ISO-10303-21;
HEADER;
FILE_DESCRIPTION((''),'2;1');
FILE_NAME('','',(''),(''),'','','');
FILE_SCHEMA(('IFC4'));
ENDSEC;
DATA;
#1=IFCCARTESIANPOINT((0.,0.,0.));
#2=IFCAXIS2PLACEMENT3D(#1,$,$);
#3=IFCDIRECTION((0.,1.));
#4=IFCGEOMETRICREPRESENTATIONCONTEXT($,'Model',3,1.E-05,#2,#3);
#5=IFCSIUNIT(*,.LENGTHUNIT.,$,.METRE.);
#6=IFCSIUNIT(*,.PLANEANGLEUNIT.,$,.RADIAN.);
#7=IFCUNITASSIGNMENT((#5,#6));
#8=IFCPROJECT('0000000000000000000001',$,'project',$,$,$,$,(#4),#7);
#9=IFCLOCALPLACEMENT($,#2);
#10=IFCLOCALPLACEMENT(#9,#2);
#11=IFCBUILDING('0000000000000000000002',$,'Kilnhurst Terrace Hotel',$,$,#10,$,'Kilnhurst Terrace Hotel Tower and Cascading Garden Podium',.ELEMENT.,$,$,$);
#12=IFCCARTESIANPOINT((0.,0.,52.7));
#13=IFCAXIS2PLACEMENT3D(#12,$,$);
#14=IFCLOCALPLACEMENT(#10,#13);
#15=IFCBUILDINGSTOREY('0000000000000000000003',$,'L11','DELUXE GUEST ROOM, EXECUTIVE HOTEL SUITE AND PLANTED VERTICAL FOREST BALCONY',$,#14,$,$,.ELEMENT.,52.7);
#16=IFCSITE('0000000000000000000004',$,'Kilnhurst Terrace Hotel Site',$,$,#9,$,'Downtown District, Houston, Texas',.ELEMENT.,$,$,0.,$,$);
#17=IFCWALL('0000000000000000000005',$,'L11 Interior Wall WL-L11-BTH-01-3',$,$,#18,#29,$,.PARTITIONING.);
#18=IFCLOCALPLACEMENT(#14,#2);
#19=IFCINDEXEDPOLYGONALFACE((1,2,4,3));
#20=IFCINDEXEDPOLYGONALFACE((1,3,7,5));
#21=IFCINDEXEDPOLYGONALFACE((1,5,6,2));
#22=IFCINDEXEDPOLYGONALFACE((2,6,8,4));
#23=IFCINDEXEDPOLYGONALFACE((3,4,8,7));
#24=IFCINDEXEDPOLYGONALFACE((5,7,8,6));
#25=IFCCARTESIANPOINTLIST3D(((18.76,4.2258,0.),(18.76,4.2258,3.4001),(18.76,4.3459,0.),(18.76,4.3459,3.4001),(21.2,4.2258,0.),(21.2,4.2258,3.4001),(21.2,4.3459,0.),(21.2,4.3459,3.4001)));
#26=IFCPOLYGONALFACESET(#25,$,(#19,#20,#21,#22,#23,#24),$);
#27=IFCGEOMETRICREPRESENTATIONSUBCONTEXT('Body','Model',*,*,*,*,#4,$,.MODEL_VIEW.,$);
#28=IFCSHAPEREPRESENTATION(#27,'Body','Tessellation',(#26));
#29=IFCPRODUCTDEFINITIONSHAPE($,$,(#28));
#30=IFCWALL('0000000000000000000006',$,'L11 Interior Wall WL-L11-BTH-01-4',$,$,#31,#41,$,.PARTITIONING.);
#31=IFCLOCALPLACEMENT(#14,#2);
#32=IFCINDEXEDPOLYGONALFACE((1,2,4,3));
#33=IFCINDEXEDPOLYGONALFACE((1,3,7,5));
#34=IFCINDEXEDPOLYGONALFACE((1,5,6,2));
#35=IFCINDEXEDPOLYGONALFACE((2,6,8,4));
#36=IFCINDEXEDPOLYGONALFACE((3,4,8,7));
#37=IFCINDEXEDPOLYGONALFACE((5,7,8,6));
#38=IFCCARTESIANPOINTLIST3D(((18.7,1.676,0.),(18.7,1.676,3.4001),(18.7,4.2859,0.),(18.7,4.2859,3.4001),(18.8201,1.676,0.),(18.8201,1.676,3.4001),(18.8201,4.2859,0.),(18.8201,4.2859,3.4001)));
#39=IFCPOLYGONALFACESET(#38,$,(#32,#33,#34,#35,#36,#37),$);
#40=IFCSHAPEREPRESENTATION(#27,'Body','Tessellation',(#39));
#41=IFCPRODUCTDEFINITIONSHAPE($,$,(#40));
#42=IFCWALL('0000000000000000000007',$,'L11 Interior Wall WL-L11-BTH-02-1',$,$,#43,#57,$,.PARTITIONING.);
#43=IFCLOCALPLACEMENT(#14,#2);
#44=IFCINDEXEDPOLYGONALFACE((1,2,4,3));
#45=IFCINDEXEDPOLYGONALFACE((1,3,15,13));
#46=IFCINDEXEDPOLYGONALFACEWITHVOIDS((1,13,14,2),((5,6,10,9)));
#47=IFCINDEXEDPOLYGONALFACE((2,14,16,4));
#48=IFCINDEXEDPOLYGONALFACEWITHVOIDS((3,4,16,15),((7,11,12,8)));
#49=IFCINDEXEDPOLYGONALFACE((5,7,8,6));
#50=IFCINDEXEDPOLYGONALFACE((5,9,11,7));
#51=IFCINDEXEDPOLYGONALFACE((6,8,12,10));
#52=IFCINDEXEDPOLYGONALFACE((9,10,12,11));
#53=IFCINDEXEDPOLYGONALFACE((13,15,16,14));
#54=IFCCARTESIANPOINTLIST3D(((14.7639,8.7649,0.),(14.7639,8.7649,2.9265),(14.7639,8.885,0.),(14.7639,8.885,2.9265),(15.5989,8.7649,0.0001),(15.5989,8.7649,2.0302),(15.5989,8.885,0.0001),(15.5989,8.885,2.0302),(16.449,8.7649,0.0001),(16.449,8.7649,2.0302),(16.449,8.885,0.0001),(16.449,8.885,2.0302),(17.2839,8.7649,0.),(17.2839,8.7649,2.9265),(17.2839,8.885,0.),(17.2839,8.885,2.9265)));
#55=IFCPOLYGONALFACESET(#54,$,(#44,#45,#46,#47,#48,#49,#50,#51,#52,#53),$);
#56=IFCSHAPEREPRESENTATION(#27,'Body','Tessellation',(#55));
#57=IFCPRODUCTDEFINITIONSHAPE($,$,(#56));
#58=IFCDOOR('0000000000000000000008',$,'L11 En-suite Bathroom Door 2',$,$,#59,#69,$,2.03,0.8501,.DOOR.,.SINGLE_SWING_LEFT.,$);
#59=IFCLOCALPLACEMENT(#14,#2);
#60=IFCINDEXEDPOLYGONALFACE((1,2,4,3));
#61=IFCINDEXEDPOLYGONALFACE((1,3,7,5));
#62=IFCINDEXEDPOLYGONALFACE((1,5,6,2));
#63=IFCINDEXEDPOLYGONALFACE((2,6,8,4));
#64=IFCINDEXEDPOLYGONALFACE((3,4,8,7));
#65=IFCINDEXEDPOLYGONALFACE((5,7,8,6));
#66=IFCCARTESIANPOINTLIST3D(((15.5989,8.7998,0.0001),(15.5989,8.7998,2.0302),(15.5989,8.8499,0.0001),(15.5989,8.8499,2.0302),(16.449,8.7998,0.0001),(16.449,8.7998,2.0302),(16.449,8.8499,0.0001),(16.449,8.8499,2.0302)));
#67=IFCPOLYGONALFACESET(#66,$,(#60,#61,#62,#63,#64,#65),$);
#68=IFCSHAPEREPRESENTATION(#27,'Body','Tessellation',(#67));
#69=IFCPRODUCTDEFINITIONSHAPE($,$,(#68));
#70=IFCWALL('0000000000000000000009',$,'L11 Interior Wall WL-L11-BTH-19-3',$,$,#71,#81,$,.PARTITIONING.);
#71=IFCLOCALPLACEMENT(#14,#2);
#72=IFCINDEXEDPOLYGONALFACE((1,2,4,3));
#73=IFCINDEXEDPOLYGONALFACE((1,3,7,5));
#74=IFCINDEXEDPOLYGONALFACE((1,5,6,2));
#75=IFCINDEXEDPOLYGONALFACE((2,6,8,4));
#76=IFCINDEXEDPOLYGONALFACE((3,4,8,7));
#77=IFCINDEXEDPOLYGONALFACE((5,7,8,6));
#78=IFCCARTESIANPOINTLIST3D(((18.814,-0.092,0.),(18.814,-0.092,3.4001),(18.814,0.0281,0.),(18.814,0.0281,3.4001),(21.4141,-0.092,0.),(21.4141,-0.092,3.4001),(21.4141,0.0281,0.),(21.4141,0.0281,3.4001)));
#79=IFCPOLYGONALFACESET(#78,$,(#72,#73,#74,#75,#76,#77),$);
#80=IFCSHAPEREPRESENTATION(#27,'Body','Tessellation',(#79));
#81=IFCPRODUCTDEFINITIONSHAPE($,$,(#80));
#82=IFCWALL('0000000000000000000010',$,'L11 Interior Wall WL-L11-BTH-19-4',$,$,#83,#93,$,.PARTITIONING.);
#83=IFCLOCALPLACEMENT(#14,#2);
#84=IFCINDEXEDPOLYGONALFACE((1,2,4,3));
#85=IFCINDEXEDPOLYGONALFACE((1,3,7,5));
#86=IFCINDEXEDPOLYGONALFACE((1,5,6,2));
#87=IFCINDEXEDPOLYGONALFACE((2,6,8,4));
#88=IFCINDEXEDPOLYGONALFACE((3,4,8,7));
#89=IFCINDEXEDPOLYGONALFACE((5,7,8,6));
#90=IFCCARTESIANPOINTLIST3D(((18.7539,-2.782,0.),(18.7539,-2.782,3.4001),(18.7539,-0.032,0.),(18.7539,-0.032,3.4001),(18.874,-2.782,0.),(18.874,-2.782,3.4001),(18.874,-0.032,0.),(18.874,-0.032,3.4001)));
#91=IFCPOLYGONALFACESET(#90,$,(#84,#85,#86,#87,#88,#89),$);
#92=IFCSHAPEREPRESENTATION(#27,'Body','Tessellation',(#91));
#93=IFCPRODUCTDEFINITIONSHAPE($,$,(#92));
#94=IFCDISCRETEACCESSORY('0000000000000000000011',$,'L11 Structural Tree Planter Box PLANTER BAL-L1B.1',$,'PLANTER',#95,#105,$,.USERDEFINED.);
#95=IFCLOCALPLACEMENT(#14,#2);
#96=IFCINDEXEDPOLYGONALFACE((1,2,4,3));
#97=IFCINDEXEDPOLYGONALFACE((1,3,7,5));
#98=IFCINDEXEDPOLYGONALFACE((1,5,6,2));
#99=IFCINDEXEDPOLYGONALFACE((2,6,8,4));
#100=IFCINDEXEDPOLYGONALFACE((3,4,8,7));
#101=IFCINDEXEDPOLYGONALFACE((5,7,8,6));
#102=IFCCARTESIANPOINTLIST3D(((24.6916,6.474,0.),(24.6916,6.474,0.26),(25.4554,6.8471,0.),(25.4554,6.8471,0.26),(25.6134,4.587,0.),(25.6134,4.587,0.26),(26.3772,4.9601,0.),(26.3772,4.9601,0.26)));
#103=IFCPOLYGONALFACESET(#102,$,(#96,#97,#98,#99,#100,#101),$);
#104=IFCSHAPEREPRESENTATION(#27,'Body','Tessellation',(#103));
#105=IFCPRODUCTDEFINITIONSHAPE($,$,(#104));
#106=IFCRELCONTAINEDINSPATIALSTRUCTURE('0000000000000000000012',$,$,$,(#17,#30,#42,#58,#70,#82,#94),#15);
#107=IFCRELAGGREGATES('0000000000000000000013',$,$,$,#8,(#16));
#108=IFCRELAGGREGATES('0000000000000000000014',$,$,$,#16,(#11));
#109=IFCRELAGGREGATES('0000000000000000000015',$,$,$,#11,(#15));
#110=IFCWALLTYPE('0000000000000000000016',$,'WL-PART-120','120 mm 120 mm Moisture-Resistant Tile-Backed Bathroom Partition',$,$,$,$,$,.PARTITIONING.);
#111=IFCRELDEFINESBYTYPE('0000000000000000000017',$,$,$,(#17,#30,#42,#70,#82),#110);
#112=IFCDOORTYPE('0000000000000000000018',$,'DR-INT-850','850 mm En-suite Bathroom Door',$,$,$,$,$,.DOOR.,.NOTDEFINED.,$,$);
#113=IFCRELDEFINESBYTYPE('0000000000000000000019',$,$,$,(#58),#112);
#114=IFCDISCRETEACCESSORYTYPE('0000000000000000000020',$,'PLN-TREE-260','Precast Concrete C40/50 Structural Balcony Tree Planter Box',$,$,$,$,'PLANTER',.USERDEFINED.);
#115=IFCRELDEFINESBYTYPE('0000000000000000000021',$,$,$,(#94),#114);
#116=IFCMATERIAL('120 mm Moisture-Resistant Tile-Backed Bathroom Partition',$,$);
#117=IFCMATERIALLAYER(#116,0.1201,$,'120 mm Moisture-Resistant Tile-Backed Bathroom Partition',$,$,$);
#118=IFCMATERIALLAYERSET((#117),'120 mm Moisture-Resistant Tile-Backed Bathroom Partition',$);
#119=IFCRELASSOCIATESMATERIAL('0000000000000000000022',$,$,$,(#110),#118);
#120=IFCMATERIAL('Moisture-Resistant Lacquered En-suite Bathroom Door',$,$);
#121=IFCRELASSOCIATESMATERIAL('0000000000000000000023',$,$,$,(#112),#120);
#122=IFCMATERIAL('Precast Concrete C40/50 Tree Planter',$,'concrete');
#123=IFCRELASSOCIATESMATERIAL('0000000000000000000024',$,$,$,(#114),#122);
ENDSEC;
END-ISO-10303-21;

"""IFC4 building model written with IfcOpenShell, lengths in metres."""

from ifc_helpers import new_model, si_unit, direction, frame, frame_2d, origin, origin_2d, place, context, subcontext, project, spatial, rectangle, extrude, material, layer, layer_set, type_object, element, fill, save


model = new_model("IFC4")

# Units and contexts
model_context = context("Model", 3, precision=1e-05, world=origin(), true_north=direction((0.0, 1.0)))
body_context = subcontext(model_context, "Body", "Model", "MODEL_VIEW")
ifc_project = project(units=[si_unit("LENGTHUNIT", "METRE"), si_unit("PLANEANGLEUNIT", "RADIAN")], contexts=[model_context])

# Site, building, storey
site_placement = place(None, origin())
site = spatial("IfcSite", under=ifc_project, at=site_placement, Name="Kilnhurst Terrace Hotel Site", LongName="Downtown District, Houston, Texas", CompositionType="ELEMENT", RefElevation=0.0)
building_placement = place(site_placement, origin())
building = spatial("IfcBuilding", under=site, at=building_placement, Name="Kilnhurst Terrace Hotel", LongName="Kilnhurst Terrace Hotel Tower and Cascading Garden Podium", CompositionType="ELEMENT")
storey_placement = place(building_placement, frame((0.0, 0.0, 52.7)))
storey = spatial("IfcBuildingStorey", under=building, at=storey_placement, Name="L11", Description="DELUXE GUEST ROOM, EXECUTIVE HOTEL SUITE AND PLANTED VERTICAL FOREST BALCONY", CompositionType="ELEMENT", Elevation=52.7)

# Shared definitions
ifc_material_1 = material(Name="120 mm Moisture-Resistant Tile-Backed Bathroom Partition")
ifc_layer_1 = layer(ifc_material_1, 0.1201, Name="120 mm Moisture-Resistant Tile-Backed Bathroom Partition")
ifc_layer_set_1 = layer_set([ifc_layer_1], Name="120 mm Moisture-Resistant Tile-Backed Bathroom Partition")
wall_type_1 = type_object("IfcWallType", Name="WL-PART-120", Description="120 mm 120 mm Moisture-Resistant Tile-Backed Bathroom Partition", PredefinedType="PARTITIONING", material=ifc_layer_set_1)
ifc_material_2 = material(Name="Moisture-Resistant Lacquered En-suite Bathroom Door")
door_type_1 = type_object("IfcDoorType", Name="DR-INT-850", Description="850 mm En-suite Bathroom Door", OperationType="NOTDEFINED", PredefinedType="DOOR", material=ifc_material_2)

# Walls
wall_1_placement = place(storey_placement, frame((21.2, 4.2859, 0.0), z_axis=(0.0, 0.0, 1.0), x_axis=(-1.0, 0.0, 0.0)))
element("IfcWall", 1, at=wall_1_placement, inside=storey, type_object=wall_type_1, Name="L11 Interior Wall WL-L11-BTH-01-3", PredefinedType="PARTITIONING", context=body_context, shape_type="SweptSolid", body=[
    extrude(rectangle(XDim=2.4399, YDim=0.1201, at=frame_2d((1.22, 0.0))), origin(), (0.0, 0.0, 1.0), 3.4001),
])
wall_2_placement = place(storey_placement, frame((18.76, 4.2859, 0.0), z_axis=(0.0, 0.0, 1.0), x_axis=(0.0, -1.0, 0.0)))
element("IfcWall", 2, at=wall_2_placement, inside=storey, type_object=wall_type_1, Name="L11 Interior Wall WL-L11-BTH-01-4", PredefinedType="PARTITIONING", context=body_context, shape_type="SweptSolid", body=[
    extrude(rectangle(XDim=2.6099, YDim=0.1201, at=frame_2d((1.3049, 0.0))), origin(), (0.0, 0.0, 1.0), 3.4001),
])

# Wall, opening, door
wall_3_placement = place(storey_placement, frame((14.7639, 8.825, 0.0), z_axis=(0.0, 0.0, 1.0), x_axis=(1.0, 0.0, 0.0)))
wall_3 = element("IfcWall", 3, at=wall_3_placement, inside=storey, type_object=wall_type_1, Name="L11 Interior Wall WL-L11-BTH-02-1", PredefinedType="PARTITIONING", context=body_context, shape_type="SweptSolid", body=[
    extrude(rectangle(XDim=2.52, YDim=0.1201, at=frame_2d((1.26, 0.0))), origin(), (0.0, 0.0, 1.0), 2.9265),
])
opening_1_placement = place(wall_3_placement, frame((0.835, 0.0, 0.0)))
opening_1 = element("IfcOpeningElement", 4, at=opening_1_placement, cuts=wall_3, PredefinedType="OPENING", context=body_context, shape_type="SweptSolid", body=[
    extrude(rectangle(XDim=0.8501, YDim=2.03, at=frame_2d((0.425, 1.0151))), frame((0.0, 0.0701, 0.0), z_axis=(0.0, -1.0, 0.0), x_axis=(1.0, 0.0, 0.0)), (0.0, 0.0, 1.0), 0.1401),
])
door_1_placement = place(opening_1_placement, origin())
door_1 = element("IfcDoor", 5, at=door_1_placement, inside=storey, type_object=door_type_1, Name="L11 En-suite Bathroom Door 2", OperationType="SINGLE_SWING_LEFT", OverallHeight=2.03, OverallWidth=0.8501, PredefinedType="DOOR", context=body_context, shape_type="SweptSolid", body=[
    extrude(rectangle(XDim=0.8501, YDim=2.03, at=frame_2d((0.425, 1.0151))), frame((0.0, 0.0249, 0.0), z_axis=(0.0, -1.0, 0.0), x_axis=(1.0, 0.0, 0.0)), (0.0, 0.0, 1.0), 0.05),
])
fill(opening_1, door_1)

# Walls
wall_4_placement = place(storey_placement, frame((21.4141, -0.032, 0.0), z_axis=(0.0, 0.0, 1.0), x_axis=(-1.0, 0.0, 0.0)))
element("IfcWall", 6, at=wall_4_placement, inside=storey, type_object=wall_type_1, Name="L11 Interior Wall WL-L11-BTH-19-3", PredefinedType="PARTITIONING", context=body_context, shape_type="SweptSolid", body=[
    extrude(rectangle(XDim=2.6001, YDim=0.1201, at=frame_2d((1.3, 0.0))), origin(), (0.0, 0.0, 1.0), 3.4001),
])
wall_5_placement = place(storey_placement, frame((18.814, -0.032, 0.0), z_axis=(0.0, 0.0, 1.0), x_axis=(0.0, -1.0, 0.0)))
element("IfcWall", 7, at=wall_5_placement, inside=storey, type_object=wall_type_1, Name="L11 Interior Wall WL-L11-BTH-19-4", PredefinedType="PARTITIONING", context=body_context, shape_type="SweptSolid", body=[
    extrude(rectangle(XDim=2.75, YDim=0.1201, at=frame_2d((1.375, 0.0))), origin(), (0.0, 0.0, 1.0), 3.4001),
])

# Discrete accessory
ifc_material_3 = material(Name="Precast Concrete C40/50 Tree Planter", Category="concrete")
discrete_accessory_type = type_object("IfcDiscreteAccessoryType", Name="PLN-TREE-260", Description="Precast Concrete C40/50 Structural Balcony Tree Planter Box", ElementType="PLANTER", PredefinedType="USERDEFINED", material=ifc_material_3)
discrete_accessory_placement = place(storey_placement, frame((25.5344, 5.717, 0.0), z_axis=(0.0, 0.0, 1.0), x_axis=(-0.438936, 0.898518, 0.0)))
element("IfcDiscreteAccessory", 8, at=discrete_accessory_placement, inside=storey, type_object=discrete_accessory_type, Name="L11 Structural Tree Planter Box PLANTER BAL-L1B.1", ObjectType="PLANTER", PredefinedType="USERDEFINED", context=body_context, shape_type="SweptSolid", body=[
    extrude(rectangle(XDim=2.1001, YDim=0.8501, at=origin_2d()), origin(), (0.0, 0.0, 1.0), 0.26),
])

save(model, "model.ifc")
